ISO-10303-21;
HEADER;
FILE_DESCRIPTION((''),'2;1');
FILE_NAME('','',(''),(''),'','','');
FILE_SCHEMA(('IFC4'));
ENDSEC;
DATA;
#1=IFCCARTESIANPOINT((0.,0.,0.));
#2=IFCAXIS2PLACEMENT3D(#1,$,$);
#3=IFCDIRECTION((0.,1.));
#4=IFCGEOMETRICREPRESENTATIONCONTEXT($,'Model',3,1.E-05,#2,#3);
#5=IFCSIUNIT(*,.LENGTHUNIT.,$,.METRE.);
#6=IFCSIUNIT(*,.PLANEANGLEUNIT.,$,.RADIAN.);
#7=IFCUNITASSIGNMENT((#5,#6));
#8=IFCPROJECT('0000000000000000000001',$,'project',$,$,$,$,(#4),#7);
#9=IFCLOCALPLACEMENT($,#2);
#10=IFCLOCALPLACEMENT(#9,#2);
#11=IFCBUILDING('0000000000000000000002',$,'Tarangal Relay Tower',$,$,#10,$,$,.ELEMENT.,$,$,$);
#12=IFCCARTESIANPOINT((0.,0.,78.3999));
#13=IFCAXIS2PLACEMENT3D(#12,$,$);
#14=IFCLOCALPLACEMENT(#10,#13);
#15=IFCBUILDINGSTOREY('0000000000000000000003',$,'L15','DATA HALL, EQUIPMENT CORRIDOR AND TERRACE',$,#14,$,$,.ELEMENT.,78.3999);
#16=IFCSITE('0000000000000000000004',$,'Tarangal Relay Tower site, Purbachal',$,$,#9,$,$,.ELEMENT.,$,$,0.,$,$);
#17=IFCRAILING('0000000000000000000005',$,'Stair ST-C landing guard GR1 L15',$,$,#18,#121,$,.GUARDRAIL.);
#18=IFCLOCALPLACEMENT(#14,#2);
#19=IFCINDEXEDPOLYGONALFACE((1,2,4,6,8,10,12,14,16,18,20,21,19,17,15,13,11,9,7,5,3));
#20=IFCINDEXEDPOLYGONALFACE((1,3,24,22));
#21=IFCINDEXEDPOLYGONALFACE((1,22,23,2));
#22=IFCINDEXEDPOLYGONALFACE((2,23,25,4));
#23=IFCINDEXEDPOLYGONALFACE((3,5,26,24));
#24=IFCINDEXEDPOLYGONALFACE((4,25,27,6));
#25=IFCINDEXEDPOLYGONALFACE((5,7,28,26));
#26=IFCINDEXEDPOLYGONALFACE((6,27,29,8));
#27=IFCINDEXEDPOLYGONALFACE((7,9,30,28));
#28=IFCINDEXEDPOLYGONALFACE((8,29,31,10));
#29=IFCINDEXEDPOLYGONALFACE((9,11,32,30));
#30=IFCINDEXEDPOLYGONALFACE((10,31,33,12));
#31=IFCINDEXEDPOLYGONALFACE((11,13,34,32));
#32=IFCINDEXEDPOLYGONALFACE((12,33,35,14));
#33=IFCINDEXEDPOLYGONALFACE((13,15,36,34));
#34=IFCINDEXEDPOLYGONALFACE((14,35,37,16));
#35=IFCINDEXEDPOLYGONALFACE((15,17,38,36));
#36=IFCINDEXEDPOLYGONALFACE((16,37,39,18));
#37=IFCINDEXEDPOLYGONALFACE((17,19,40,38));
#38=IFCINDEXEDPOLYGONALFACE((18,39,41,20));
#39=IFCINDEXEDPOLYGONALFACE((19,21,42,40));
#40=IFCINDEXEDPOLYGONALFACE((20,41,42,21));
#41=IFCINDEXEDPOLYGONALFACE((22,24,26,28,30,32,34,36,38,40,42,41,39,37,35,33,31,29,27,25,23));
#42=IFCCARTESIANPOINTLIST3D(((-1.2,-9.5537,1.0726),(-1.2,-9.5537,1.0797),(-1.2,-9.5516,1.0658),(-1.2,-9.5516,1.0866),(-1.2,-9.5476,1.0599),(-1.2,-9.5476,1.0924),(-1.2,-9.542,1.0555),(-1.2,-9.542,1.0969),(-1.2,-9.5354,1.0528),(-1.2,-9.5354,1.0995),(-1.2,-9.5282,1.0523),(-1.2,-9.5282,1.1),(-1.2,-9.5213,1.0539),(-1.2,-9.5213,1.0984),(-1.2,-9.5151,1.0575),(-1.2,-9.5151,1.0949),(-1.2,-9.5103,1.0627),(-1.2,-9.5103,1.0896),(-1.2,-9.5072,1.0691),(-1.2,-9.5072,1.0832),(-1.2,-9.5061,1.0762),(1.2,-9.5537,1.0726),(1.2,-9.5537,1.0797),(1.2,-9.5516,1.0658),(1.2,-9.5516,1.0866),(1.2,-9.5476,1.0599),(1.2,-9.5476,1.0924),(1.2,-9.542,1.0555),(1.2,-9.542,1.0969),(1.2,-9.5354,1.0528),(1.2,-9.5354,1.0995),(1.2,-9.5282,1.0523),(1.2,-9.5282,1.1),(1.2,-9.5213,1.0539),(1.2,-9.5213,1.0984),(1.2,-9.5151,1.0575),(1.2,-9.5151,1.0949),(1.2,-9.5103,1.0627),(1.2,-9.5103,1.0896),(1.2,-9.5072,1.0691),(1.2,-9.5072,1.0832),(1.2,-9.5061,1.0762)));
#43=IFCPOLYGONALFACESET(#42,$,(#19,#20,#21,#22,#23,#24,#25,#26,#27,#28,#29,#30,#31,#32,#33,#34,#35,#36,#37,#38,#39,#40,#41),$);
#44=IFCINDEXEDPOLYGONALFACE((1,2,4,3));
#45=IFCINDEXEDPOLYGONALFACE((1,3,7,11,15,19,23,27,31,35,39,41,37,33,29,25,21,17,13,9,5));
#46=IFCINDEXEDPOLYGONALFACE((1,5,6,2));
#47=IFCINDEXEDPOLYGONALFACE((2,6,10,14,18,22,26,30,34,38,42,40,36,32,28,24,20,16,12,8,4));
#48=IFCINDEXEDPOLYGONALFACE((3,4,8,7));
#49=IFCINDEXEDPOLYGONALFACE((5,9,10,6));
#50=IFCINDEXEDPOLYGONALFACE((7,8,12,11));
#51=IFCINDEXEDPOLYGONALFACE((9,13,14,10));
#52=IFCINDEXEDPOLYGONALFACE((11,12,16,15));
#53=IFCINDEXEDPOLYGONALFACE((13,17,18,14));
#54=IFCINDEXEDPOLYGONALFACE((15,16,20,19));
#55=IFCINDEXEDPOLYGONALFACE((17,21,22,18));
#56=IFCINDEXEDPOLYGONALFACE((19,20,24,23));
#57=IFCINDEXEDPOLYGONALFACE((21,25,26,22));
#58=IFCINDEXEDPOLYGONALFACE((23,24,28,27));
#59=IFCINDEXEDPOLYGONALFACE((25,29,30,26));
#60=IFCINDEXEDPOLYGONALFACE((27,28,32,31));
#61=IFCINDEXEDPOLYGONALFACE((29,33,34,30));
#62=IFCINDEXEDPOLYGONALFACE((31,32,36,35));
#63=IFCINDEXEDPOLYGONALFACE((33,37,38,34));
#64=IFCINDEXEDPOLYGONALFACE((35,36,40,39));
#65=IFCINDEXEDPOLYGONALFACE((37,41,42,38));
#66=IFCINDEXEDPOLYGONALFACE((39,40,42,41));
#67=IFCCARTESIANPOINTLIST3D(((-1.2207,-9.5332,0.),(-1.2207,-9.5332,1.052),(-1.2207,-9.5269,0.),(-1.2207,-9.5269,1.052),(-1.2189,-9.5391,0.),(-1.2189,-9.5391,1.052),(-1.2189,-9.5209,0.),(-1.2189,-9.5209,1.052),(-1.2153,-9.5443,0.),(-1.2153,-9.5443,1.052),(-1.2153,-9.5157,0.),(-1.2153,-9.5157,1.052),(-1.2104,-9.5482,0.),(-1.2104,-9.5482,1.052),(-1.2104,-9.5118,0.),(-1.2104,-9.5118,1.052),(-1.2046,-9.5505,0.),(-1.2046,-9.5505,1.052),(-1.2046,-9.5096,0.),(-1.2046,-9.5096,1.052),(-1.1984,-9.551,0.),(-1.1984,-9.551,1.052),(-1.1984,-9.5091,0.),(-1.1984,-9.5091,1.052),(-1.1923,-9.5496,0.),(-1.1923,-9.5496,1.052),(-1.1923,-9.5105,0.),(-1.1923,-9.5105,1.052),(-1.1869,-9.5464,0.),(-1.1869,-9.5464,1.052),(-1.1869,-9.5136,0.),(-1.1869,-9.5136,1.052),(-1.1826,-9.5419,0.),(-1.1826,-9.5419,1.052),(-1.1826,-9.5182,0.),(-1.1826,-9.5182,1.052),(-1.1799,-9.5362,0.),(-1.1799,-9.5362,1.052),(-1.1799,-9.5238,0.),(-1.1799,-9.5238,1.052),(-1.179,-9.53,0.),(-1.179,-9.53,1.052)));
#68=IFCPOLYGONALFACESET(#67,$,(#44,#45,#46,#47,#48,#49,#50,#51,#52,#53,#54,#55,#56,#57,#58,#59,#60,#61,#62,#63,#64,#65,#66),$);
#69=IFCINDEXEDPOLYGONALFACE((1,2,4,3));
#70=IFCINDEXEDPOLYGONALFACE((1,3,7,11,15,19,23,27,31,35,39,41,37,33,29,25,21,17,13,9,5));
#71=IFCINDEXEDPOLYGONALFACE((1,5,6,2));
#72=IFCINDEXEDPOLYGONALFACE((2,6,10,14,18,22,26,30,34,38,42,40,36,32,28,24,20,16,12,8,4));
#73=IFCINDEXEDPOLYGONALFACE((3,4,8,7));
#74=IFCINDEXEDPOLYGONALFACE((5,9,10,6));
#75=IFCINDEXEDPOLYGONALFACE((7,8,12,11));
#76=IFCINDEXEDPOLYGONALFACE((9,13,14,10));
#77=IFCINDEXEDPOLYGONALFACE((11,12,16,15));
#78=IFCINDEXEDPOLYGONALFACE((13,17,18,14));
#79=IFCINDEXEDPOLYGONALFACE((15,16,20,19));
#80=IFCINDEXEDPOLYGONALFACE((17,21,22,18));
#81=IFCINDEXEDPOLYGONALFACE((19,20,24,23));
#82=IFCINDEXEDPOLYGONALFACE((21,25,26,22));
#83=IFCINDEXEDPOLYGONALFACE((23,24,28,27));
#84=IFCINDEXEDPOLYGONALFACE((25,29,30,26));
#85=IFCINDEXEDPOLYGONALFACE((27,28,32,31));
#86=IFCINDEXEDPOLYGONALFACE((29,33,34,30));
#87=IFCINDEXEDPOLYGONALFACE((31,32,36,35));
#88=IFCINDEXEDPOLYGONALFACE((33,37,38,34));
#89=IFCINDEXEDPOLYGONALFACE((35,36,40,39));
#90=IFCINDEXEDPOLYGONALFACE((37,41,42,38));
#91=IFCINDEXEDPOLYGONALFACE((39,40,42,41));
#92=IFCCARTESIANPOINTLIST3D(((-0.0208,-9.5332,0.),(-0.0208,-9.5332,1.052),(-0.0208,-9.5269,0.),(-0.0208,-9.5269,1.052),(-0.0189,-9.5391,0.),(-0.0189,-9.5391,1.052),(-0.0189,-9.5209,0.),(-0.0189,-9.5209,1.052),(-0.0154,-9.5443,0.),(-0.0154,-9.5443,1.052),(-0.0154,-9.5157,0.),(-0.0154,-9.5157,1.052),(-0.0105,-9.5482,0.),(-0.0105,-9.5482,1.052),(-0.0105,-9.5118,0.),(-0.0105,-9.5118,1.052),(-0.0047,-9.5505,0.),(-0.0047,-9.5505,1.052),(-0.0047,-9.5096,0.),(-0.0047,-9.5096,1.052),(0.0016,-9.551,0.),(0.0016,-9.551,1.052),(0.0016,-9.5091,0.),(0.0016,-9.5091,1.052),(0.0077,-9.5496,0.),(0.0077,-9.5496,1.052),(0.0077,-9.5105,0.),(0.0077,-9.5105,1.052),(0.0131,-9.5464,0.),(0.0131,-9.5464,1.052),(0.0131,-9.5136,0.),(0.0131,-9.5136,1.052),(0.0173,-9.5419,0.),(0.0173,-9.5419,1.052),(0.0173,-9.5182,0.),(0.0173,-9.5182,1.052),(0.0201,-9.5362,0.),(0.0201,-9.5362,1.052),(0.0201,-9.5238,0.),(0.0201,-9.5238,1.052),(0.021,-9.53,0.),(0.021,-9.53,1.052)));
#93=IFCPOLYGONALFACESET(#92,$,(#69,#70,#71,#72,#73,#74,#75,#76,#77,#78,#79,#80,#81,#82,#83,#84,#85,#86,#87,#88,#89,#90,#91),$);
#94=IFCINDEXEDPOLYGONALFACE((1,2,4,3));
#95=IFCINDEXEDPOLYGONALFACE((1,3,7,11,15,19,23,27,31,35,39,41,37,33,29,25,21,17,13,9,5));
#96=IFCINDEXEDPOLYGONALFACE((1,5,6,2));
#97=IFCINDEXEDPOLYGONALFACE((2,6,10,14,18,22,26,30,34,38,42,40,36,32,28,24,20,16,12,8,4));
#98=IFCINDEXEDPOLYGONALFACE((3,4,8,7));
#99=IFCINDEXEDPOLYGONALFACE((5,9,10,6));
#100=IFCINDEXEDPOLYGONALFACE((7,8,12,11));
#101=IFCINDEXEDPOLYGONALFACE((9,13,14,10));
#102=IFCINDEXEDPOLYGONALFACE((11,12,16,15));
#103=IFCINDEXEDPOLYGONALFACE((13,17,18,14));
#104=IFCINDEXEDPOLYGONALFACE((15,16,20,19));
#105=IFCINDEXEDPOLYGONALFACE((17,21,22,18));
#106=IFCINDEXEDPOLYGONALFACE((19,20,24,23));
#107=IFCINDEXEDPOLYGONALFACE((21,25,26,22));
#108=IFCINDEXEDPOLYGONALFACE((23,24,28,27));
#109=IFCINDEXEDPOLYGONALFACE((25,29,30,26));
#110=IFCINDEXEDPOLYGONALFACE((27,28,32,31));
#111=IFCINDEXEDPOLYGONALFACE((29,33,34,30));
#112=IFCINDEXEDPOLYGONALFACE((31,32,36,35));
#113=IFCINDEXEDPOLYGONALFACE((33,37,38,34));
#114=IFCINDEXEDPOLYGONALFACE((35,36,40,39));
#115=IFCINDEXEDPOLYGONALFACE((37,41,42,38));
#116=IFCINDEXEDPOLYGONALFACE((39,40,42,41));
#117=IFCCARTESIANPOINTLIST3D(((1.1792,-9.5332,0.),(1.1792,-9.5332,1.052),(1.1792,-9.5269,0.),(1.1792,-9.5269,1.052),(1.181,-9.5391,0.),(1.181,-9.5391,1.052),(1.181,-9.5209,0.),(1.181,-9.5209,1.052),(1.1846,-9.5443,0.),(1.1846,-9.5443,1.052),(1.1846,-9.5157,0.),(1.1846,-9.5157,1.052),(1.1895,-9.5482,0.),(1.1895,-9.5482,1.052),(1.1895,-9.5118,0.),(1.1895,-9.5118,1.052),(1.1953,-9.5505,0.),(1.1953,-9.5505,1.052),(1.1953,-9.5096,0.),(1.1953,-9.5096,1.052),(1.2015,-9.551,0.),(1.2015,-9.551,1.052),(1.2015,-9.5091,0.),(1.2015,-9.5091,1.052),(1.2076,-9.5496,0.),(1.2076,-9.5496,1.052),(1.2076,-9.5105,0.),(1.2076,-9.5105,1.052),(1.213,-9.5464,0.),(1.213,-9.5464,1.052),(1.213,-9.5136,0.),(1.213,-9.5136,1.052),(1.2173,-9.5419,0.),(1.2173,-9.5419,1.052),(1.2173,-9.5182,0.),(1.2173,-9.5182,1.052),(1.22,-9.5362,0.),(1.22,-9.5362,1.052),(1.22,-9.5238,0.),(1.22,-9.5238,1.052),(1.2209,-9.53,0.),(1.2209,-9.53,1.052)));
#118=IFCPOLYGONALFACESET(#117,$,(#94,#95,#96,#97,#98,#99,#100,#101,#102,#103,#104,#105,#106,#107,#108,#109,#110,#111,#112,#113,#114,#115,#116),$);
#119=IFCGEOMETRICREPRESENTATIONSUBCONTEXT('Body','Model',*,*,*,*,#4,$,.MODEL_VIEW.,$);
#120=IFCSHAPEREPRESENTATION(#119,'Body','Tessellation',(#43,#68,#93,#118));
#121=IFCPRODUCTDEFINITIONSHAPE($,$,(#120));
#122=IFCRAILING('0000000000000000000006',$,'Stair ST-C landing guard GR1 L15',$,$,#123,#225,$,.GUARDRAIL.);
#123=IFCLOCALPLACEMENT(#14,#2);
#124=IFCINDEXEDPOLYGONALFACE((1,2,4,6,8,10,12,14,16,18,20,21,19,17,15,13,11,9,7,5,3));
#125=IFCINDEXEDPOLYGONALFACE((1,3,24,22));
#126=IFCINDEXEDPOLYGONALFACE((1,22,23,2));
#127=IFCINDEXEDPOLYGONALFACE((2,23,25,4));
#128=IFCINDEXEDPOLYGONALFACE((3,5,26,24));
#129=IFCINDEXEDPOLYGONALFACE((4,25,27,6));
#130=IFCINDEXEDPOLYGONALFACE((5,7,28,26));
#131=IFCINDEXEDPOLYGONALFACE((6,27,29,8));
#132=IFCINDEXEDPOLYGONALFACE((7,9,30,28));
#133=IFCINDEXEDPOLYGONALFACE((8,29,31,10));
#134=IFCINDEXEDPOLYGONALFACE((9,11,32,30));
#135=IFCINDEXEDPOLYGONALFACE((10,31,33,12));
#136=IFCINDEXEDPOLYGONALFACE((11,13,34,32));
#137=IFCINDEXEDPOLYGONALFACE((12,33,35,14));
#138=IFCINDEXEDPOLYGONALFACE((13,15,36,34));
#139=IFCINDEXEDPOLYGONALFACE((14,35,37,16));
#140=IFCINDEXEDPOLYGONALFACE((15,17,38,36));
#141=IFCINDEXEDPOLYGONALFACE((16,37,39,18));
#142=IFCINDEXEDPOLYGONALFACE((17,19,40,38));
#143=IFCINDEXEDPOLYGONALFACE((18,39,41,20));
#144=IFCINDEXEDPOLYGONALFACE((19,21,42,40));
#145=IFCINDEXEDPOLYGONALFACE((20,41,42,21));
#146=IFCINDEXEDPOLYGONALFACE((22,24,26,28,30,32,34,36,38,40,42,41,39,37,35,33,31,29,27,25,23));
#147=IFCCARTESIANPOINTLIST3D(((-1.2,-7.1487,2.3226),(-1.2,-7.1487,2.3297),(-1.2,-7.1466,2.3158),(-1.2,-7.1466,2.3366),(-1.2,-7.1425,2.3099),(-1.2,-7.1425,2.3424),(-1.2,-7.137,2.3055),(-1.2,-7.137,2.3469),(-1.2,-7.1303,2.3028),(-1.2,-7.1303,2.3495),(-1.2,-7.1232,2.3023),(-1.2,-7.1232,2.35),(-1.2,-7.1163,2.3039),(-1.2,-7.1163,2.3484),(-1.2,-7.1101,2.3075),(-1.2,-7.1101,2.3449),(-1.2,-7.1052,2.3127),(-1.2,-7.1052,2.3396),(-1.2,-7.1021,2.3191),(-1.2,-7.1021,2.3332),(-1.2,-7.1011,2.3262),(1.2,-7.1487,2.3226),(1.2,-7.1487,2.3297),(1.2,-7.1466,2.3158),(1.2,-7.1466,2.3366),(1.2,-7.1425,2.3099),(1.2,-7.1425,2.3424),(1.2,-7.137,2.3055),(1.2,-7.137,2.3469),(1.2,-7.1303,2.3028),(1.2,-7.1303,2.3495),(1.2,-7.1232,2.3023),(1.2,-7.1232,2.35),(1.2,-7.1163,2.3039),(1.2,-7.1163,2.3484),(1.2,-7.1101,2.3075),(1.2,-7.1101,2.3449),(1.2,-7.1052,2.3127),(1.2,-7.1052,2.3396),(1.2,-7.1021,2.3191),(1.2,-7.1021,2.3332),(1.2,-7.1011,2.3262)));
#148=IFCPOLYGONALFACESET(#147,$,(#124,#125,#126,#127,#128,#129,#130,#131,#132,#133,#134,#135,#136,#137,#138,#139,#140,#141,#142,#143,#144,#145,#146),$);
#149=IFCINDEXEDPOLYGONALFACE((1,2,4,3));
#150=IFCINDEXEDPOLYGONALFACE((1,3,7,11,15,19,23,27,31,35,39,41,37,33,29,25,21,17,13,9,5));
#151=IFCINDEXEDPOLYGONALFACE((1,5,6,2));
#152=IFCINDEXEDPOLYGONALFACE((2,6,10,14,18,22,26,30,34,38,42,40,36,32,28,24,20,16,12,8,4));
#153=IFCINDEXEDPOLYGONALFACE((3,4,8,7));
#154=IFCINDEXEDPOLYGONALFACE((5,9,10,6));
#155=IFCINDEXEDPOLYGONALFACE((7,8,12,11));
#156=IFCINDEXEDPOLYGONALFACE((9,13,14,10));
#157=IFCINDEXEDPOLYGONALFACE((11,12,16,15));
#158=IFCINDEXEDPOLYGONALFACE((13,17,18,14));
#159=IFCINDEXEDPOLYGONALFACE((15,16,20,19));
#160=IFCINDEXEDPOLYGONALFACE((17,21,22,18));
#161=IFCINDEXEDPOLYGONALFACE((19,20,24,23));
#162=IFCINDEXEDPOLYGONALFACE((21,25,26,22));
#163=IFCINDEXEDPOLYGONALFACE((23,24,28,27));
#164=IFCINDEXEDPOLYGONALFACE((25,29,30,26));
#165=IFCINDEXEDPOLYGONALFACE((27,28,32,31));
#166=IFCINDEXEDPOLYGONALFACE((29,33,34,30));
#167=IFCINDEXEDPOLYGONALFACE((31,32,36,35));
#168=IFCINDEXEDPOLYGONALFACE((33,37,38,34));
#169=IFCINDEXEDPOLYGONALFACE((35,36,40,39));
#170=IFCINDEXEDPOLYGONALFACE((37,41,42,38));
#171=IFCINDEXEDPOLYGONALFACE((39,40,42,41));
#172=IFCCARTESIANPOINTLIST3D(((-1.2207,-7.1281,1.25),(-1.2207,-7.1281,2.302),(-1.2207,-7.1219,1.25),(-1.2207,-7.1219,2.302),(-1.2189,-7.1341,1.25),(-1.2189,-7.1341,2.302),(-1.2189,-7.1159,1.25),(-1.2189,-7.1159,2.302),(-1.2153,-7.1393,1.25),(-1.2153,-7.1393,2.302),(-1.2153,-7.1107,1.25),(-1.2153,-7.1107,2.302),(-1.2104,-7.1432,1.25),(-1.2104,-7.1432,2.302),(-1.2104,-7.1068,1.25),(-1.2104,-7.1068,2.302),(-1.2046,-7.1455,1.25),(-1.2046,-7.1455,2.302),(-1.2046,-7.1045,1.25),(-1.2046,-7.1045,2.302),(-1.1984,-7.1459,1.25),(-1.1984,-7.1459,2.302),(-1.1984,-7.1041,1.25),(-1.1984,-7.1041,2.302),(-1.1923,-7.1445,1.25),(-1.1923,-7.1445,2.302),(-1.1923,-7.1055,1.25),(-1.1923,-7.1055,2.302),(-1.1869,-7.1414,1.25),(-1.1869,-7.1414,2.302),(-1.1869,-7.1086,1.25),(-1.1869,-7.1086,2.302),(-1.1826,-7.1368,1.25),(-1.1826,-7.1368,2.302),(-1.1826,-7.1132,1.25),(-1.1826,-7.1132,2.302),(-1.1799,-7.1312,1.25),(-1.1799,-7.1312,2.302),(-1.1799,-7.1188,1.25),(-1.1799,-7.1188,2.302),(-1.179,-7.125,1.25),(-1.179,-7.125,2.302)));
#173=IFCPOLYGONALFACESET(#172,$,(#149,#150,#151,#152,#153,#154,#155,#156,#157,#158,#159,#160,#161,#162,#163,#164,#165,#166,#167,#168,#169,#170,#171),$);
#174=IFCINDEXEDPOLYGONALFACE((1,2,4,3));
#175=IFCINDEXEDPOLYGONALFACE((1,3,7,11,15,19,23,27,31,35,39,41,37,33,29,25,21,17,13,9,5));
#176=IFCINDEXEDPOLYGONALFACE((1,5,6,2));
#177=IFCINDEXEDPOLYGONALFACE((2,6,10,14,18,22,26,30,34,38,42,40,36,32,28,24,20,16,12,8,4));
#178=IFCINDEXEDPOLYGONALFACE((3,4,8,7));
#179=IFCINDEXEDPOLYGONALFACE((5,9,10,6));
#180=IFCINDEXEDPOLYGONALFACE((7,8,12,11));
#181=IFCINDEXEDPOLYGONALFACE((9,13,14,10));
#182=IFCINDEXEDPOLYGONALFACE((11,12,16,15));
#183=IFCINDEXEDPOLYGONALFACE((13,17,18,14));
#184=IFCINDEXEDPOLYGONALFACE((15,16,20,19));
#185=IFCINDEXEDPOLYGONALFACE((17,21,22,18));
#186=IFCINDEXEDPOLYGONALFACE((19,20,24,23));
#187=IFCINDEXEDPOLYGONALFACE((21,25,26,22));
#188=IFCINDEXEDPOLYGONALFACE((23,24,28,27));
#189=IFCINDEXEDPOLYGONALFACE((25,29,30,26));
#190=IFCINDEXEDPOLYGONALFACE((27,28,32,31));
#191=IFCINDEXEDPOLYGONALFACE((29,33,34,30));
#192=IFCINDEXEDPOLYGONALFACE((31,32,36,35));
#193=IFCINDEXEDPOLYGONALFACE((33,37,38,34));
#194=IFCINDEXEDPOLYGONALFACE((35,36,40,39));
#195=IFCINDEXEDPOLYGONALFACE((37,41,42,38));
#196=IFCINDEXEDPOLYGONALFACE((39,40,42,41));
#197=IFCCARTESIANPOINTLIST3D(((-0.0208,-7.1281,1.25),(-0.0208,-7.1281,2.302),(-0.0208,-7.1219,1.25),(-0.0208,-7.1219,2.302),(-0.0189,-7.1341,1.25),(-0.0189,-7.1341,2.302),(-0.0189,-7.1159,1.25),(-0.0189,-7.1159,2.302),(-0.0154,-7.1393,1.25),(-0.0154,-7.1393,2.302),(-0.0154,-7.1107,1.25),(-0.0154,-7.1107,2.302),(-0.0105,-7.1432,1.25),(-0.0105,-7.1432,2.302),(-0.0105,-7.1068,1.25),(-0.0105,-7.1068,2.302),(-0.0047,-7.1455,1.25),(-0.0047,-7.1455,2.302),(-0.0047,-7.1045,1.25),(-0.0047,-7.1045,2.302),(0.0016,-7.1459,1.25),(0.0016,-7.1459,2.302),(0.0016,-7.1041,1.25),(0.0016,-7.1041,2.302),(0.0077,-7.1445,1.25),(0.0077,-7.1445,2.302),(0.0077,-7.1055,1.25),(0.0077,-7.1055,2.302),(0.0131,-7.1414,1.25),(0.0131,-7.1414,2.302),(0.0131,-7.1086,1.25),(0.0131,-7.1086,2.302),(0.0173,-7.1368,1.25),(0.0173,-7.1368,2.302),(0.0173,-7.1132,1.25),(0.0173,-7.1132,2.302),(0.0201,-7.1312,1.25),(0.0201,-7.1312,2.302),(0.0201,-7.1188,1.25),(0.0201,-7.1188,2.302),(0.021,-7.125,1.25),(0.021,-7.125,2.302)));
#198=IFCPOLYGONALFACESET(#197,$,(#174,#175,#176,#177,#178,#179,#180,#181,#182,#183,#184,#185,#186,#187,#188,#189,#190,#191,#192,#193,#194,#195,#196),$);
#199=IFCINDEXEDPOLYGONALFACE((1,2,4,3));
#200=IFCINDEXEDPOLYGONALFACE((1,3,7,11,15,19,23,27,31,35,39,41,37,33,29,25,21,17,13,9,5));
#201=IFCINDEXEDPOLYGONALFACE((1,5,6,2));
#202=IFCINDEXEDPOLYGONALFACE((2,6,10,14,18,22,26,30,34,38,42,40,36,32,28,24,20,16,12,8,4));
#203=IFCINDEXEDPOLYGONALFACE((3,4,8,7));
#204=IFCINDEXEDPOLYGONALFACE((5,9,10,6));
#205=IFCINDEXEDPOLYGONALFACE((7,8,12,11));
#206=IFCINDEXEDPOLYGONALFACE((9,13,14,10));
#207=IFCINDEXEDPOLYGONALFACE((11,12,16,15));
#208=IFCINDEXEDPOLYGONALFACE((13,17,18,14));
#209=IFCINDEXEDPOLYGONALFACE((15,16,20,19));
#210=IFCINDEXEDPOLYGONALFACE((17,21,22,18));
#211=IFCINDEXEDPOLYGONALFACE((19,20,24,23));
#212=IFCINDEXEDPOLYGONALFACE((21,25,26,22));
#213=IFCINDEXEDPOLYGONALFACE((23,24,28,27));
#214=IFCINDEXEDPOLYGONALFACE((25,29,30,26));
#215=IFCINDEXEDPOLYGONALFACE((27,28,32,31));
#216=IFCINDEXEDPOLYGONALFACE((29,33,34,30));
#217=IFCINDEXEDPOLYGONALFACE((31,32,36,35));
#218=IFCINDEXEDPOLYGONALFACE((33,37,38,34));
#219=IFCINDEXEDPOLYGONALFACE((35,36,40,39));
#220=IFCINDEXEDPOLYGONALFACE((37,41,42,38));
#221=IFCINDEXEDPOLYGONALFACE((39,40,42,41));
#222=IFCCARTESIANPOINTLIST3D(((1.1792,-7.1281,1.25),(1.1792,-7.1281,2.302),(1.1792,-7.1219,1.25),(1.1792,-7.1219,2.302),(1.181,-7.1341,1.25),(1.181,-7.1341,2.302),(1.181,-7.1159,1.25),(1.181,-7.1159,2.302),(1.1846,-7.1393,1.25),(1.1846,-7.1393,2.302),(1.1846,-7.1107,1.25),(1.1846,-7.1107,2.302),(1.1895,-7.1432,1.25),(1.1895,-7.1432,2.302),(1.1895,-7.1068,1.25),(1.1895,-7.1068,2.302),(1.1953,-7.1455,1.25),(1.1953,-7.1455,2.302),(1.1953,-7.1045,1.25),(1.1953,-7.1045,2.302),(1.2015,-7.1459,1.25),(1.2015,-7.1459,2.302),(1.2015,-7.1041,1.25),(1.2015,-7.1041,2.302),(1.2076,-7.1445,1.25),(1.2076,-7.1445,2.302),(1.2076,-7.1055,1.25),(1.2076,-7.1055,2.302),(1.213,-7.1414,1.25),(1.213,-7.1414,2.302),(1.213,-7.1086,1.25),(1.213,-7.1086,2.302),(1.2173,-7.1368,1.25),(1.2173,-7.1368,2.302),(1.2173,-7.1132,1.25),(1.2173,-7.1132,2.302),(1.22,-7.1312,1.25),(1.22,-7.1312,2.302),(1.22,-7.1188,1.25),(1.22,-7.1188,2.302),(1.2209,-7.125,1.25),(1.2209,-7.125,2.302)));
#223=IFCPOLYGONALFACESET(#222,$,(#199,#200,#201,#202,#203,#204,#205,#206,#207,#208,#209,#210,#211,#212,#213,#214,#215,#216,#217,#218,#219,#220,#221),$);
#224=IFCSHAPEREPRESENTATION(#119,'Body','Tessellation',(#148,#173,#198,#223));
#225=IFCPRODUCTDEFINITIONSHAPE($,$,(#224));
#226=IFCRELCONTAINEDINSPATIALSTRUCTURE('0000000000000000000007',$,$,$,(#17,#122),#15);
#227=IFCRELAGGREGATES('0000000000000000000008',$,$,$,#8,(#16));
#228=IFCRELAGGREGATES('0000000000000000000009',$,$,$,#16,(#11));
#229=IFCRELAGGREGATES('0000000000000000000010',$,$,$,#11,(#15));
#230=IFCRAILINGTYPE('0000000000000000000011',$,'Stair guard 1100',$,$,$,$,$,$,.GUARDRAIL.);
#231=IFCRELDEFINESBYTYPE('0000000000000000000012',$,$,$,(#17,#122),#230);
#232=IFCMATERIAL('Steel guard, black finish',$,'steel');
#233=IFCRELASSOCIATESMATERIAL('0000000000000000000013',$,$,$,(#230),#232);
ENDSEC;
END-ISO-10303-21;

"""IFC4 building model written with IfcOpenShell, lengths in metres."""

from ifc_helpers import new_model, si_unit, direction, frame, origin, origin_2d, place, context, subcontext, project, spatial, circle, extrude, material, type_object, element, save


model = new_model("IFC4")

# Units and contexts
model_context = context("Model", 3, precision=1e-05, world=origin(), true_north=direction((0.0, 1.0)))
body_context = subcontext(model_context, "Body", "Model", "MODEL_VIEW")
ifc_project = project(units=[si_unit("LENGTHUNIT", "METRE"), si_unit("PLANEANGLEUNIT", "RADIAN")], contexts=[model_context])

# Site, building, storey
site_placement = place(None, origin())
site = spatial("IfcSite", under=ifc_project, at=site_placement, Name="Tarangal Relay Tower site, Purbachal", CompositionType="ELEMENT", RefElevation=0.0)
building_placement = place(site_placement, origin())
building = spatial("IfcBuilding", under=site, at=building_placement, Name="Tarangal Relay Tower", CompositionType="ELEMENT")
storey_placement = place(building_placement, frame((0.0, 0.0, 78.3999)))
storey = spatial("IfcBuildingStorey", under=building, at=storey_placement, Name="L15", Description="DATA HALL, EQUIPMENT CORRIDOR AND TERRACE", CompositionType="ELEMENT", Elevation=78.3999)

# Railings
ifc_material_1 = material(Name="Steel guard, black finish", Category="steel")
railing_type_1 = type_object("IfcRailingType", Name="Stair guard 1100", PredefinedType="GUARDRAIL", material=ifc_material_1)
for number, where, name in (
    (1, (-1.2, -9.53, 0.0), "Stair ST-C landing guard GR1 L15"),
    (2, (-1.2, -7.125, 1.25), "Stair ST-C landing guard GR1 L15"),
):
    element("IfcRailing", number, at=place(storey_placement, frame(where)), inside=storey, type_object=railing_type_1, Name=name, PredefinedType="GUARDRAIL", context=body_context, shape_type="SweptSolid", body=[
        extrude(circle(Radius=0.0239, at=origin_2d()), frame((0.0, 0.0, 1.0762), z_axis=(1.0, 0.0, 0.0), x_axis=(0.0, 1.0, 0.0)), (0.0, 0.0, 1.0), 2.3999),
        extrude(circle(Radius=0.021, at=origin_2d()), origin(), (0.0, 0.0, 1.0), 1.052),
        extrude(circle(Radius=0.021, at=origin_2d()), frame((1.2, 0.0, 0.0)), (0.0, 0.0, 1.0), 1.052),
        extrude(circle(Radius=0.021, at=origin_2d()), frame((2.3999, 0.0, 0.0)), (0.0, 0.0, 1.0), 1.052),
    ])

save(model, "model.ifc")
